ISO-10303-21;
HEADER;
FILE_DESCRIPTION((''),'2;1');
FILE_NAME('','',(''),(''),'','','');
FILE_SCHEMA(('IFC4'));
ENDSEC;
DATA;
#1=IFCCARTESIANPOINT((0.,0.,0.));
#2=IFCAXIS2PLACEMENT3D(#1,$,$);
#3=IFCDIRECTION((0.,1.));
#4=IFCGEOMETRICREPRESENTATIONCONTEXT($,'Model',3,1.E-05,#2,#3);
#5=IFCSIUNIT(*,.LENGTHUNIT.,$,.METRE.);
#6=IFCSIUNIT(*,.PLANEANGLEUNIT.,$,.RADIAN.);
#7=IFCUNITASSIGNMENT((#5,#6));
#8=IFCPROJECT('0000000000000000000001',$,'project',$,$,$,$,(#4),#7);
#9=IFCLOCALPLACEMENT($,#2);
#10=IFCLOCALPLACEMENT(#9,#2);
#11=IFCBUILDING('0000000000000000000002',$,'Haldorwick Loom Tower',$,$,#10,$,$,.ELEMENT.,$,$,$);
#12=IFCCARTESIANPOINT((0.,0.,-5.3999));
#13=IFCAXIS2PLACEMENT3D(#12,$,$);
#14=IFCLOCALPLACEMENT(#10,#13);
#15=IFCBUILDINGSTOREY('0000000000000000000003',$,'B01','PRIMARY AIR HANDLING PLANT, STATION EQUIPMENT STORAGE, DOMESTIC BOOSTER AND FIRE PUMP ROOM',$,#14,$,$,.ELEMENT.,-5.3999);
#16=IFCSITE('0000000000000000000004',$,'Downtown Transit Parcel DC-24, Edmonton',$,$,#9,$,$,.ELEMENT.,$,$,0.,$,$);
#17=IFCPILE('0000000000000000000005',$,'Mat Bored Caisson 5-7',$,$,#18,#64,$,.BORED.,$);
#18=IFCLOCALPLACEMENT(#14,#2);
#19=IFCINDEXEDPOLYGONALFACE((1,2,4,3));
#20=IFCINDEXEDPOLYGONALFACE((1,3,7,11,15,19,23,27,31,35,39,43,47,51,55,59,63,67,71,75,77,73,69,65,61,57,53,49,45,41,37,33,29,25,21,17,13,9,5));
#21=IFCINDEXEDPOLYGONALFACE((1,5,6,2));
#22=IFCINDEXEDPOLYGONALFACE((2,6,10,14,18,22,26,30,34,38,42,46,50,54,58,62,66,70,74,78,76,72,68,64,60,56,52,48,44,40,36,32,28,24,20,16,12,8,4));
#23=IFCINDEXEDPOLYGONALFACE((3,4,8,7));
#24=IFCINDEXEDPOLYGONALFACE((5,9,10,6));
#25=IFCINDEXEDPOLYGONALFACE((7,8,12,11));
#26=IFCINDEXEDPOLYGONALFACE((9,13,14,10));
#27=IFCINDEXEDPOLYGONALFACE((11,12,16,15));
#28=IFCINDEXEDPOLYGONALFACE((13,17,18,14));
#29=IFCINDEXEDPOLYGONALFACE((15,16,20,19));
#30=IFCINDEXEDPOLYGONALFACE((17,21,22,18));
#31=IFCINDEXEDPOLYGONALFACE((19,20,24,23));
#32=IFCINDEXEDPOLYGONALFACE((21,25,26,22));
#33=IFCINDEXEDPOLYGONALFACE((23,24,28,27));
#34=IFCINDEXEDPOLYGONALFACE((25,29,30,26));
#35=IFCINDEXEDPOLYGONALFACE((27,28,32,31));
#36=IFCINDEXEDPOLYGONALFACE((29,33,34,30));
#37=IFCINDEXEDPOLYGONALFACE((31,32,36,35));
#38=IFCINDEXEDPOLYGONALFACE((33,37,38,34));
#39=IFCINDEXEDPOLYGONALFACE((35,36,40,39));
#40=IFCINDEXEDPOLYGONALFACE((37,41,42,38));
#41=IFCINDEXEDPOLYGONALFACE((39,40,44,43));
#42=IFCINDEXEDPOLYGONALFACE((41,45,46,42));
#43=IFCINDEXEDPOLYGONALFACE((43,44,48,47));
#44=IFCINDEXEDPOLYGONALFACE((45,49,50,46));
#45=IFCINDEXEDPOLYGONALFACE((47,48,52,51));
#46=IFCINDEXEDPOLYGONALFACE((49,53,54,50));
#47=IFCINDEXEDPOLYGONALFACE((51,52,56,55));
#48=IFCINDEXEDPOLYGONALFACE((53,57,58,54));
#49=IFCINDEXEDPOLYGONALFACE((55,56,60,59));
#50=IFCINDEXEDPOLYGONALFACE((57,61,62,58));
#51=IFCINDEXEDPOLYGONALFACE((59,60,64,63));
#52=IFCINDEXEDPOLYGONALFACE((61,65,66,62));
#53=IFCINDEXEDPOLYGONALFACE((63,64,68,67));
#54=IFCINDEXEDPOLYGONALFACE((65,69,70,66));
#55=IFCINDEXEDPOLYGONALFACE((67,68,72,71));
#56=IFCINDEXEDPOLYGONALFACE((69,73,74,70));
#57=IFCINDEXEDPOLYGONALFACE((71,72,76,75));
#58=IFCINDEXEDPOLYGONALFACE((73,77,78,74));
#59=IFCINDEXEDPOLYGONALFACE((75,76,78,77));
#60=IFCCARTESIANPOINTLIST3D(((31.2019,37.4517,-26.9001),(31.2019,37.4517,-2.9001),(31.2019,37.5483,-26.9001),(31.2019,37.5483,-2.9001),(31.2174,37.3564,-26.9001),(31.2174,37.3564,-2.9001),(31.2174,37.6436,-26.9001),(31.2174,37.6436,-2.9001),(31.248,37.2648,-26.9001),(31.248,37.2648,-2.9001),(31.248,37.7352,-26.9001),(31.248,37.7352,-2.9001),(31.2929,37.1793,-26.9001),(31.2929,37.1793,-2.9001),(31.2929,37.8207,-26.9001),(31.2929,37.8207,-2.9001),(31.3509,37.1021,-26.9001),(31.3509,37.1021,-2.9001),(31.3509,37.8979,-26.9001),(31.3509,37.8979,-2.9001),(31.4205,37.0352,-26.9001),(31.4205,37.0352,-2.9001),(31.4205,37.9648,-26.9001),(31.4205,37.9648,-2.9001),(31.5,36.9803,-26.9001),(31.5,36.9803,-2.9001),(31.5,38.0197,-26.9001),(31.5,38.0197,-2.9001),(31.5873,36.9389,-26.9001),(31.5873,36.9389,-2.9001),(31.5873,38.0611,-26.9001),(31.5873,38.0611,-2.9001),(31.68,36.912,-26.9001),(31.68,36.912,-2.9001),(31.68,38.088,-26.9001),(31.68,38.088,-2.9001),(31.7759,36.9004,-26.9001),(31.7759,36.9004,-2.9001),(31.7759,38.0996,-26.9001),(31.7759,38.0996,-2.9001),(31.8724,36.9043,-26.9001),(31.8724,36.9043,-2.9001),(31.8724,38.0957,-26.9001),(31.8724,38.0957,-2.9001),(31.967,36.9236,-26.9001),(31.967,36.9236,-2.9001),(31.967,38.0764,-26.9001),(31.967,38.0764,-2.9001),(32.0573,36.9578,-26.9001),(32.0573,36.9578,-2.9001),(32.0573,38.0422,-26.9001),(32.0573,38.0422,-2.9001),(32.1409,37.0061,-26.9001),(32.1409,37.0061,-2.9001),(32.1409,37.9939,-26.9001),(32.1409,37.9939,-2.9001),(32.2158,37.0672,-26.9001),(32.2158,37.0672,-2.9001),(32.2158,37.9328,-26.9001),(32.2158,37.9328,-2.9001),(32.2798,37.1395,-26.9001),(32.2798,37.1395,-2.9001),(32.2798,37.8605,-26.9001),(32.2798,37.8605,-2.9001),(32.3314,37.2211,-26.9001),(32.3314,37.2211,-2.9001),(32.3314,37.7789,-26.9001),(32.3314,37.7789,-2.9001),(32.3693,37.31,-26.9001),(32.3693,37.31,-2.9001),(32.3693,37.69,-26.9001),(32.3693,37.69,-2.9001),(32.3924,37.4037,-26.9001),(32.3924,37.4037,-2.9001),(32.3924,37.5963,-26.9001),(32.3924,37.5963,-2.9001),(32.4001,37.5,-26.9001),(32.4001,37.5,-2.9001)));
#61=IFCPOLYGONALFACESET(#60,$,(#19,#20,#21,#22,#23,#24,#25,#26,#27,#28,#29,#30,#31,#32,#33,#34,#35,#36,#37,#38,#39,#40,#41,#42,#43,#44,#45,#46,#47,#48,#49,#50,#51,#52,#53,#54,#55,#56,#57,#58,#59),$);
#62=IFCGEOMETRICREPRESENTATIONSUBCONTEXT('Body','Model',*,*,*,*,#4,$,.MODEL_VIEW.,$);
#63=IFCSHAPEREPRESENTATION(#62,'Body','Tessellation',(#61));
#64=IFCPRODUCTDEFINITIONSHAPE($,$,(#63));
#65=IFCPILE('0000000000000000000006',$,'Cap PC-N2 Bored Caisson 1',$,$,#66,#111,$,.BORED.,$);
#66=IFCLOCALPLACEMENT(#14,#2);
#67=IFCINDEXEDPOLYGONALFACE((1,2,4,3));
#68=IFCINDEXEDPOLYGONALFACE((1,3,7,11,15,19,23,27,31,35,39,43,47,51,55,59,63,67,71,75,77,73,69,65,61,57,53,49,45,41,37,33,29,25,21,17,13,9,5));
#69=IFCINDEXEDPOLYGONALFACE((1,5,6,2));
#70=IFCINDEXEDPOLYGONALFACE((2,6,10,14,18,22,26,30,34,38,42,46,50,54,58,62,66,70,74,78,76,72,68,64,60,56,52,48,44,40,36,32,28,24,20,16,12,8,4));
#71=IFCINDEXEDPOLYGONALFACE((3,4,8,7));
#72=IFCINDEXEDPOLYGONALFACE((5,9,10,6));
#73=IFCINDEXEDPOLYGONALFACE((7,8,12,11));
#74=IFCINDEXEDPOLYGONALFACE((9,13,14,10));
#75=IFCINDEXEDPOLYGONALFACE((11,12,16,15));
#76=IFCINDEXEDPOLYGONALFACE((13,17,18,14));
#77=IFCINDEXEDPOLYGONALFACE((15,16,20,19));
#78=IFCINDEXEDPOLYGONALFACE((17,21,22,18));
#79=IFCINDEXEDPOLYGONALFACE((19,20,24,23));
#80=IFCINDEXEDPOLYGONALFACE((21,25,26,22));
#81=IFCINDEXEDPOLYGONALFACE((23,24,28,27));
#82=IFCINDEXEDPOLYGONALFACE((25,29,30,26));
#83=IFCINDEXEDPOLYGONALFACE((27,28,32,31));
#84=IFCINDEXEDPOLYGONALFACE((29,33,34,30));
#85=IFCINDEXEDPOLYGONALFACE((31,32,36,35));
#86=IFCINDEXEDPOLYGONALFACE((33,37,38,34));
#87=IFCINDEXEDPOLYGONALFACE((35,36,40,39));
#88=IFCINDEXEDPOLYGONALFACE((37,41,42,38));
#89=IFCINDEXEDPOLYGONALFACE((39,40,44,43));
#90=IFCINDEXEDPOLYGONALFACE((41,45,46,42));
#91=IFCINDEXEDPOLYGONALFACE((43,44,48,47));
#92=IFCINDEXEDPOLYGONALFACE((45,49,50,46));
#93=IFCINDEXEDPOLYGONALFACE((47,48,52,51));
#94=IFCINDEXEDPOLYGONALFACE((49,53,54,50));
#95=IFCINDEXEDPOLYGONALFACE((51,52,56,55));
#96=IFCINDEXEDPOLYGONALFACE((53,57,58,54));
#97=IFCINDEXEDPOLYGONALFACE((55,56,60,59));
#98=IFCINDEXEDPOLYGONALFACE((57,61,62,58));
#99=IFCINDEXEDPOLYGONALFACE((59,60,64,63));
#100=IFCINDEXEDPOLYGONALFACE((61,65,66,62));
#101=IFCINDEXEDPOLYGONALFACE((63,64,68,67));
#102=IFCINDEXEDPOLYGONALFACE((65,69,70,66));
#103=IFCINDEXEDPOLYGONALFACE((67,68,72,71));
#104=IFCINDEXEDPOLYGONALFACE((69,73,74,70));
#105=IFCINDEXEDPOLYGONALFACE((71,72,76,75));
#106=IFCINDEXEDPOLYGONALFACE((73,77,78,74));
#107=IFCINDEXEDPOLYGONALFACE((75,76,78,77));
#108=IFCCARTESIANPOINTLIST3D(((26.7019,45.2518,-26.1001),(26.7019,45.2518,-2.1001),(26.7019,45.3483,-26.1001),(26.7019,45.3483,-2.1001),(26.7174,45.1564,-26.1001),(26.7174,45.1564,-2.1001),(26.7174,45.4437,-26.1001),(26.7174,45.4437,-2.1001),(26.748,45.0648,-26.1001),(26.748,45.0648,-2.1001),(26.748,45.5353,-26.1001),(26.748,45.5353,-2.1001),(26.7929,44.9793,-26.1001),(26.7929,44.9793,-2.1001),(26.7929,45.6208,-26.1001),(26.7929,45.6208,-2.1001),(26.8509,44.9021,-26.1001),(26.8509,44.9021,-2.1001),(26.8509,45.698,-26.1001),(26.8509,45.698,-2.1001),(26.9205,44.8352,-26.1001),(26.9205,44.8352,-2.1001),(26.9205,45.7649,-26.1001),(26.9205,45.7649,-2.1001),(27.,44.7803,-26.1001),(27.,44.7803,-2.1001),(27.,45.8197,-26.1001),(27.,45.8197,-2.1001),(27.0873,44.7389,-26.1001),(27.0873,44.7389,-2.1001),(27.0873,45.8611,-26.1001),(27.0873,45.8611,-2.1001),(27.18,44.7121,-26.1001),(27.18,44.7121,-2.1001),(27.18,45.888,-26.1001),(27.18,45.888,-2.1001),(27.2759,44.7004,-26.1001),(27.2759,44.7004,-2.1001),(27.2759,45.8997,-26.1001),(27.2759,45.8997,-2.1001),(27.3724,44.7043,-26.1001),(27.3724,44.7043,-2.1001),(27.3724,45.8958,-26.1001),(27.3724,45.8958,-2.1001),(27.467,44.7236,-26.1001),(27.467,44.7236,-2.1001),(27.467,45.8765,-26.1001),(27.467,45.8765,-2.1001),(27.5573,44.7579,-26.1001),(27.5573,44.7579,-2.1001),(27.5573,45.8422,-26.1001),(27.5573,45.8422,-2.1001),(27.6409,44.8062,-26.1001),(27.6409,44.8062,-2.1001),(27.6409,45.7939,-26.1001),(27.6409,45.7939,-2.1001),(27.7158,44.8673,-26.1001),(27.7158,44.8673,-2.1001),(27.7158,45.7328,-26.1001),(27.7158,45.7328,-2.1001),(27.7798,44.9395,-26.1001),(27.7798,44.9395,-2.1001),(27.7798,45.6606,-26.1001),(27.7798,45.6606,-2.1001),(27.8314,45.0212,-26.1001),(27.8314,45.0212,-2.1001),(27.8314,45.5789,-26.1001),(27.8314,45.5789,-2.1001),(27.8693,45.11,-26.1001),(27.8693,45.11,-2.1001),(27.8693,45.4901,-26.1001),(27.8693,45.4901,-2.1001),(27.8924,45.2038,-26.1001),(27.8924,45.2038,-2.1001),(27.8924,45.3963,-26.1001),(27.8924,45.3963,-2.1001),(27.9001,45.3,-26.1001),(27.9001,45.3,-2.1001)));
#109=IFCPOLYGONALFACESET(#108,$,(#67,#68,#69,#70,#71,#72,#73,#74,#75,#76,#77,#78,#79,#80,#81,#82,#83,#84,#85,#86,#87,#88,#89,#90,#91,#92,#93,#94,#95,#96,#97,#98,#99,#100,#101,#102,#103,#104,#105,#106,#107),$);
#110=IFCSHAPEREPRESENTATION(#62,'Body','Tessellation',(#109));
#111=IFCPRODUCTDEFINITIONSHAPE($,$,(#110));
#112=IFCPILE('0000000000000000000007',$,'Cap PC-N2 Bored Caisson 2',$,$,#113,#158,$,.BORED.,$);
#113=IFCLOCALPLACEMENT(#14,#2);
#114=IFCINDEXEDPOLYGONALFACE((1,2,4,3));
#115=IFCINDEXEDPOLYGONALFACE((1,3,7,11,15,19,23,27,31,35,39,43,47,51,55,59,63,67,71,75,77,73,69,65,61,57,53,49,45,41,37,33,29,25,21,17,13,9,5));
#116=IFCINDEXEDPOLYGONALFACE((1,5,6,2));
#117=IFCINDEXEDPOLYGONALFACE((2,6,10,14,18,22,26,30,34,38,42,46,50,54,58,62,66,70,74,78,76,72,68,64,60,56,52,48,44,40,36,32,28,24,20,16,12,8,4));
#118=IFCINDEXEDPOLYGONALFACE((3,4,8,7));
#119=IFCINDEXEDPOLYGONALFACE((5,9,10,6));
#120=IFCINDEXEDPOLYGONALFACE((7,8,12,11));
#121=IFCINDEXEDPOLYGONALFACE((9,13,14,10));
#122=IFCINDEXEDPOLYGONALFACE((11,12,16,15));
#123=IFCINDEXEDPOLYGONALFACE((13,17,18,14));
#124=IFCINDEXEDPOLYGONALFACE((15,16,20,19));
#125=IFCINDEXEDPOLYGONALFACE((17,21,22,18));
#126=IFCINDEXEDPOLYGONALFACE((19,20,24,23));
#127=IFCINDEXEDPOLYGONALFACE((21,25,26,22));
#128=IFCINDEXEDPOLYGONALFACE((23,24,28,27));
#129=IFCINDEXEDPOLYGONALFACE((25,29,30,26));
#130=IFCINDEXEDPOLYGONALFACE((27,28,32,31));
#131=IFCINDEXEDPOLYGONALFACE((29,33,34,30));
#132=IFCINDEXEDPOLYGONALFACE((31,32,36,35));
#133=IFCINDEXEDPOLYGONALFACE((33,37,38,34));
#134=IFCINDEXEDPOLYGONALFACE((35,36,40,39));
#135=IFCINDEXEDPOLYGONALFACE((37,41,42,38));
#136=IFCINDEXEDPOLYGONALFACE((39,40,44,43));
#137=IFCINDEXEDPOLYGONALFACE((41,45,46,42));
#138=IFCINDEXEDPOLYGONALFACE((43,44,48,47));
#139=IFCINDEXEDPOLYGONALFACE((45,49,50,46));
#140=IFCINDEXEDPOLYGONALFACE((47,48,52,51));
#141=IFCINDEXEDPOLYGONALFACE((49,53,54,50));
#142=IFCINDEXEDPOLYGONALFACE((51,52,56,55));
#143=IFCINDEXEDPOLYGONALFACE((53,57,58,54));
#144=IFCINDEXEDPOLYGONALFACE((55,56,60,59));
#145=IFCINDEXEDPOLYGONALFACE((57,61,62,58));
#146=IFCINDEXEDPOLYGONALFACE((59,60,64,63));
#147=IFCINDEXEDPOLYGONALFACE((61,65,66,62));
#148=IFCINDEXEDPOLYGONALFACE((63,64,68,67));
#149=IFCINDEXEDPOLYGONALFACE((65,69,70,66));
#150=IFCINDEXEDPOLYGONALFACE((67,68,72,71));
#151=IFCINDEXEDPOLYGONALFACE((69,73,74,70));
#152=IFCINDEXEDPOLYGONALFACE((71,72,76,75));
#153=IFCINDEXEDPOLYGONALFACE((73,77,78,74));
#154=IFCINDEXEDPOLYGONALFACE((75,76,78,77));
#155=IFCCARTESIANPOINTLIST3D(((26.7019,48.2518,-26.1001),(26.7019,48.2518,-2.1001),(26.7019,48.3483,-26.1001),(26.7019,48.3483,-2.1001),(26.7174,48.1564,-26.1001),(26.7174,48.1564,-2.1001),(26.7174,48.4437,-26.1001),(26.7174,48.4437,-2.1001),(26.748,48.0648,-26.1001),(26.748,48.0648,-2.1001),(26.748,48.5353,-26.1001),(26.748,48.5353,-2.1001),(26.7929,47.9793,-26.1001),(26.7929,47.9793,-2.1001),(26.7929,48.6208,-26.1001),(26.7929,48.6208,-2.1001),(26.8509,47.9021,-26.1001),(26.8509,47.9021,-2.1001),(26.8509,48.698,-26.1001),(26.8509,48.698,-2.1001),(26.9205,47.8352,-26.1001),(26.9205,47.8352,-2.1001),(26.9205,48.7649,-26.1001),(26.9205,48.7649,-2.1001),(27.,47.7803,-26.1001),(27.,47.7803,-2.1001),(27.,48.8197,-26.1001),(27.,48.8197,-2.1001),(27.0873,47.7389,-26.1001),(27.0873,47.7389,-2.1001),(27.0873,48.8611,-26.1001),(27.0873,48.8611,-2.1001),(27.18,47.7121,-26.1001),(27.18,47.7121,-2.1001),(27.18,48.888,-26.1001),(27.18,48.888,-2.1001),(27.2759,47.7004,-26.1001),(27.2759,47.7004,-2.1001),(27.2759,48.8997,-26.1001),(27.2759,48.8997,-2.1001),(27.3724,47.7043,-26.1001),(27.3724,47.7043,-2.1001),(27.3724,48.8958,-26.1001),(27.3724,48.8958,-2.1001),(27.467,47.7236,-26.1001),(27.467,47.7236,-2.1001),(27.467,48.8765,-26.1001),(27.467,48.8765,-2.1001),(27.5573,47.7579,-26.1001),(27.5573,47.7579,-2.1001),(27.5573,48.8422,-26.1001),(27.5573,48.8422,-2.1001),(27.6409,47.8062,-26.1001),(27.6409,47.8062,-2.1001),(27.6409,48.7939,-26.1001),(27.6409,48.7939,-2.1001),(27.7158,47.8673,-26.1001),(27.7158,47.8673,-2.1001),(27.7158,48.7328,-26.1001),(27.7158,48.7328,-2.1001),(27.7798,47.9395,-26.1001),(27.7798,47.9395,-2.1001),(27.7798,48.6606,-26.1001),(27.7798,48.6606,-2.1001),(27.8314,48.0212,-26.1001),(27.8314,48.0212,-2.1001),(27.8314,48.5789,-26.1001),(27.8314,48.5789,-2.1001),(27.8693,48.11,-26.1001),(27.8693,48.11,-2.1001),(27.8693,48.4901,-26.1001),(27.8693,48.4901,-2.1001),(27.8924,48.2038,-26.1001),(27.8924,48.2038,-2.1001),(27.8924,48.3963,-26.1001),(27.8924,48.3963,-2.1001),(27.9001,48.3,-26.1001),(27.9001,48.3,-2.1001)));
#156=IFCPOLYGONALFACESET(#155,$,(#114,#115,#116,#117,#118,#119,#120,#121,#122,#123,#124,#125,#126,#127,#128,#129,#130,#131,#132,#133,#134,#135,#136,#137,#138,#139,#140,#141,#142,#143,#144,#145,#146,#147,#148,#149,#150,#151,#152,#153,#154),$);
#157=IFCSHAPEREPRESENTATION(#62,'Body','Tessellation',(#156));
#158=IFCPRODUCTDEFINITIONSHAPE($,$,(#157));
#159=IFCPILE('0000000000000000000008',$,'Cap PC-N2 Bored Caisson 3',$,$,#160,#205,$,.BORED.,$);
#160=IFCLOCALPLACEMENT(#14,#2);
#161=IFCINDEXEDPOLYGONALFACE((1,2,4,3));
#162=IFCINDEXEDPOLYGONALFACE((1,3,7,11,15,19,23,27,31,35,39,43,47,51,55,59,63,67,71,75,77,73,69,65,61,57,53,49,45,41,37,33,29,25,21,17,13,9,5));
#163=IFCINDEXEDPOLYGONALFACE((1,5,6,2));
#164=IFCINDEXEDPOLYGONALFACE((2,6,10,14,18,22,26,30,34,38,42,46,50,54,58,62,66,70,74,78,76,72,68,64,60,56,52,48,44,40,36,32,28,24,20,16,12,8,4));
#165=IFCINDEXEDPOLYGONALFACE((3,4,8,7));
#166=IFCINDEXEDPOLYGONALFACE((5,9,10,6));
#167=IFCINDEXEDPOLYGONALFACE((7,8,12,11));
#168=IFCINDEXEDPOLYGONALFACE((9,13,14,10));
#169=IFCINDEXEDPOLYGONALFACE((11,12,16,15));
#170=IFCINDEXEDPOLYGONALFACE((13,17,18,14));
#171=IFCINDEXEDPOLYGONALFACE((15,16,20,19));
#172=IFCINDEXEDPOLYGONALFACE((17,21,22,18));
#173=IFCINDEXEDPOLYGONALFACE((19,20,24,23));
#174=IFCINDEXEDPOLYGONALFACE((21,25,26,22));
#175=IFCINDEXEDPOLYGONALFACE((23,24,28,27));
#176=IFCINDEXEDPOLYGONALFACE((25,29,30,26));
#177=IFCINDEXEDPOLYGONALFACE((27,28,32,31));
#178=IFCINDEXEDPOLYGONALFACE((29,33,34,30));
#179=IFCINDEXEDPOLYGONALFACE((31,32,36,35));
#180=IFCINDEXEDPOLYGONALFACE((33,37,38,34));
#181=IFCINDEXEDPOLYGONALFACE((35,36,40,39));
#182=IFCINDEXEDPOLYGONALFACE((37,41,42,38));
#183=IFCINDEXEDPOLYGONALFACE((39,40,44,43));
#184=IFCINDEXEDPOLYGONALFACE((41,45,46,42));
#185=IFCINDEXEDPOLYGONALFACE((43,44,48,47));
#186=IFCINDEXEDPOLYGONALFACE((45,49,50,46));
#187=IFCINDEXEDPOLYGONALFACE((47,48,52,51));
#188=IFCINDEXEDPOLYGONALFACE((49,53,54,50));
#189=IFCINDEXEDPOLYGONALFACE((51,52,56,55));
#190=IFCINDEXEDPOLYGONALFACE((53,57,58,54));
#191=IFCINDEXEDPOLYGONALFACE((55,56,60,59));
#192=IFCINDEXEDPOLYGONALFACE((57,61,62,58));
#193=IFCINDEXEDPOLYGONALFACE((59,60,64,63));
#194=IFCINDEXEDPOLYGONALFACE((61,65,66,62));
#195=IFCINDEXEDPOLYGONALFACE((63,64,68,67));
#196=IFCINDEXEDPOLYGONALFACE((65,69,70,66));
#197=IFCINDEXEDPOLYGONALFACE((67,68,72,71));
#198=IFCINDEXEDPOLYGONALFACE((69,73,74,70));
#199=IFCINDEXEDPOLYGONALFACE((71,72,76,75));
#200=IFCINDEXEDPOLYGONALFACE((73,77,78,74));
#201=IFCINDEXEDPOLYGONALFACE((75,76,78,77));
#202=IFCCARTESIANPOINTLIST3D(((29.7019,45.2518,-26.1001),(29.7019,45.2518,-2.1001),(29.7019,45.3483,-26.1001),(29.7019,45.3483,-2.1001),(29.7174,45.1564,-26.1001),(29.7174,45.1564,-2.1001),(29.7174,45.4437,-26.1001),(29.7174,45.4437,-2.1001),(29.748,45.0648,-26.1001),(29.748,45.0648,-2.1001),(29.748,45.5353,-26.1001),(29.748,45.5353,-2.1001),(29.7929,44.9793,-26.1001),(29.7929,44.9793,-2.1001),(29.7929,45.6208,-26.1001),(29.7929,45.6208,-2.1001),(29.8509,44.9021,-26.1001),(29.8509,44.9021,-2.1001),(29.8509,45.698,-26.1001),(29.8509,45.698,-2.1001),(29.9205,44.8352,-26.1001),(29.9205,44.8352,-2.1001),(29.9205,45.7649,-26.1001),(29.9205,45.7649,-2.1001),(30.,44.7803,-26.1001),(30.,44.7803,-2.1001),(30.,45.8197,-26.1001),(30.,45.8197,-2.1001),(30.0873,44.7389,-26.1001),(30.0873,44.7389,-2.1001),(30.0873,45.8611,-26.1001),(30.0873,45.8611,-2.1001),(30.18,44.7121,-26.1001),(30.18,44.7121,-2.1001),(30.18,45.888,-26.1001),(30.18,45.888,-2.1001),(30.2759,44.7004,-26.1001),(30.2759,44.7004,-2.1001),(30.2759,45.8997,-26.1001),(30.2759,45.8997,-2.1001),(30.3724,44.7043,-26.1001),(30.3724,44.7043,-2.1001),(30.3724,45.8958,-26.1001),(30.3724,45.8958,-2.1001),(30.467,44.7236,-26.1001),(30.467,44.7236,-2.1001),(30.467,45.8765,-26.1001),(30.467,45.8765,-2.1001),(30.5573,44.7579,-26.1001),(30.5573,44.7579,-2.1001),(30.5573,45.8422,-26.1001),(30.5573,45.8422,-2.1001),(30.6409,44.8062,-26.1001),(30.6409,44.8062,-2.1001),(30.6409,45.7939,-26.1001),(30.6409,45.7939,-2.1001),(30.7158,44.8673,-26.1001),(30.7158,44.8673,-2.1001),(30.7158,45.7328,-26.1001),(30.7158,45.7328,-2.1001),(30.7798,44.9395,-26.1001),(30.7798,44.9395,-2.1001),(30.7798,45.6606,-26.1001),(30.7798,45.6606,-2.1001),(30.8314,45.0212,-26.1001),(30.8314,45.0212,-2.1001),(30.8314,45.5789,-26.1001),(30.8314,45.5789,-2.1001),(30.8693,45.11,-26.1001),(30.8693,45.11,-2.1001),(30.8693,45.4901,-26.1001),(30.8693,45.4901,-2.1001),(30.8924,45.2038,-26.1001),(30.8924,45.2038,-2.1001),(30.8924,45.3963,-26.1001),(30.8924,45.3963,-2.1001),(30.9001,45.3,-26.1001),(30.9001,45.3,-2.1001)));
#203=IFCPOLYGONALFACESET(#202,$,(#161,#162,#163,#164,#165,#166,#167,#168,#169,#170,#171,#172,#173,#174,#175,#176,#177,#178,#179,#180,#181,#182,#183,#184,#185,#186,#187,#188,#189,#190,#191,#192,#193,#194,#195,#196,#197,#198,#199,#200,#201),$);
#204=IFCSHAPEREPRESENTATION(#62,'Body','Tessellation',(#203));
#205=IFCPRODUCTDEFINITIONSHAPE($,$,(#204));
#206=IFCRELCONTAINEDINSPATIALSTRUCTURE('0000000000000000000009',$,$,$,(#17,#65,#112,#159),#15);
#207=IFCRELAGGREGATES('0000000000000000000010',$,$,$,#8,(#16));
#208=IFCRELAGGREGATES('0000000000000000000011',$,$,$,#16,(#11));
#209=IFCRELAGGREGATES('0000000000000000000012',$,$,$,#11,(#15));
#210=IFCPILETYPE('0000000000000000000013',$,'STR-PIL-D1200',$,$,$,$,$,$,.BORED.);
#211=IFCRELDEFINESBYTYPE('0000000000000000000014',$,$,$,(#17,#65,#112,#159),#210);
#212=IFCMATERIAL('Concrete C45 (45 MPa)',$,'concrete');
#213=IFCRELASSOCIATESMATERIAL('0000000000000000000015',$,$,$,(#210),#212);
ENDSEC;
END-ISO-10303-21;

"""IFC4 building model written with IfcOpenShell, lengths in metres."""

from ifc_helpers import new_model, si_unit, direction, frame, origin, origin_2d, place, context, subcontext, project, spatial, circle, extrude, material, material_profile, profile_set, type_object, element, save


model = new_model("IFC4")

# Units and contexts
model_context = context("Model", 3, precision=1e-05, world=origin(), true_north=direction((0.0, 1.0)))
body_context = subcontext(model_context, "Body", "Model", "MODEL_VIEW")
ifc_project = project(units=[si_unit("LENGTHUNIT", "METRE"), si_unit("PLANEANGLEUNIT", "RADIAN")], contexts=[model_context])

# Site, building, storey
site_placement = place(None, origin())
site = spatial("IfcSite", under=ifc_project, at=site_placement, Name="Downtown Transit Parcel DC-24, Edmonton", CompositionType="ELEMENT", RefElevation=0.0)
building_placement = place(site_placement, origin())
building = spatial("IfcBuilding", under=site, at=building_placement, Name="Haldorwick Loom Tower", CompositionType="ELEMENT")
storey_placement = place(building_placement, frame((0.0, 0.0, -5.3999)))
storey = spatial("IfcBuildingStorey", under=building, at=storey_placement, Name="B01", Description="PRIMARY AIR HANDLING PLANT, STATION EQUIPMENT STORAGE, DOMESTIC BOOSTER AND FIRE PUMP ROOM", CompositionType="ELEMENT", Elevation=-5.3999)

# Shared definitions
ifc_material_1 = material(Name="Concrete C45 (45 MPa)", Category="concrete")

# Piles
ifc_material_profile_1 = material_profile(ifc_material_1, circle(Radius=0.6001, at=origin_2d()), Name="CAISSON_D1200", Category="concrete")
ifc_profile_set_1 = profile_set([ifc_material_profile_1], Name="Concrete C45 (45 MPa)")
pile_type = type_object("IfcPileType", Name="STR-PIL-D1200", PredefinedType="BORED", material=ifc_profile_set_1)
for number, where, z_axis, x_axis, name in (
    (1, (31.8, 37.5, -2.9001), (0.0, 0.0, -1.0), (1.0, 0.0, 0.0), "Mat Bored Caisson 5-7"),
    (2, (27.3, 45.3, -2.1001), (0.0, 0.0, -1.0), (1.0, 0.0, 0.0), "Cap PC-N2 Bored Caisson 1"),
    (3, (27.3, 48.3, -2.1001), (0.0, 0.0, -1.0), (1.0, 0.0, 0.0), "Cap PC-N2 Bored Caisson 2"),
    (4, (30.3, 45.3, -2.1001), (0.0, 0.0, -1.0), (1.0, 0.0, 0.0), "Cap PC-N2 Bored Caisson 3"),
):
    element("IfcPile", number, at=place(storey_placement, frame(where, z_axis=z_axis, x_axis=x_axis)), inside=storey, type_object=pile_type, Name=name, PredefinedType="BORED", context=body_context, shape_type="SweptSolid", body=[
        extrude(circle(Radius=0.6001, at=origin_2d()), origin(), (0.0, 0.0, 1.0), 24.0),
    ])

save(model, "model.ifc")
